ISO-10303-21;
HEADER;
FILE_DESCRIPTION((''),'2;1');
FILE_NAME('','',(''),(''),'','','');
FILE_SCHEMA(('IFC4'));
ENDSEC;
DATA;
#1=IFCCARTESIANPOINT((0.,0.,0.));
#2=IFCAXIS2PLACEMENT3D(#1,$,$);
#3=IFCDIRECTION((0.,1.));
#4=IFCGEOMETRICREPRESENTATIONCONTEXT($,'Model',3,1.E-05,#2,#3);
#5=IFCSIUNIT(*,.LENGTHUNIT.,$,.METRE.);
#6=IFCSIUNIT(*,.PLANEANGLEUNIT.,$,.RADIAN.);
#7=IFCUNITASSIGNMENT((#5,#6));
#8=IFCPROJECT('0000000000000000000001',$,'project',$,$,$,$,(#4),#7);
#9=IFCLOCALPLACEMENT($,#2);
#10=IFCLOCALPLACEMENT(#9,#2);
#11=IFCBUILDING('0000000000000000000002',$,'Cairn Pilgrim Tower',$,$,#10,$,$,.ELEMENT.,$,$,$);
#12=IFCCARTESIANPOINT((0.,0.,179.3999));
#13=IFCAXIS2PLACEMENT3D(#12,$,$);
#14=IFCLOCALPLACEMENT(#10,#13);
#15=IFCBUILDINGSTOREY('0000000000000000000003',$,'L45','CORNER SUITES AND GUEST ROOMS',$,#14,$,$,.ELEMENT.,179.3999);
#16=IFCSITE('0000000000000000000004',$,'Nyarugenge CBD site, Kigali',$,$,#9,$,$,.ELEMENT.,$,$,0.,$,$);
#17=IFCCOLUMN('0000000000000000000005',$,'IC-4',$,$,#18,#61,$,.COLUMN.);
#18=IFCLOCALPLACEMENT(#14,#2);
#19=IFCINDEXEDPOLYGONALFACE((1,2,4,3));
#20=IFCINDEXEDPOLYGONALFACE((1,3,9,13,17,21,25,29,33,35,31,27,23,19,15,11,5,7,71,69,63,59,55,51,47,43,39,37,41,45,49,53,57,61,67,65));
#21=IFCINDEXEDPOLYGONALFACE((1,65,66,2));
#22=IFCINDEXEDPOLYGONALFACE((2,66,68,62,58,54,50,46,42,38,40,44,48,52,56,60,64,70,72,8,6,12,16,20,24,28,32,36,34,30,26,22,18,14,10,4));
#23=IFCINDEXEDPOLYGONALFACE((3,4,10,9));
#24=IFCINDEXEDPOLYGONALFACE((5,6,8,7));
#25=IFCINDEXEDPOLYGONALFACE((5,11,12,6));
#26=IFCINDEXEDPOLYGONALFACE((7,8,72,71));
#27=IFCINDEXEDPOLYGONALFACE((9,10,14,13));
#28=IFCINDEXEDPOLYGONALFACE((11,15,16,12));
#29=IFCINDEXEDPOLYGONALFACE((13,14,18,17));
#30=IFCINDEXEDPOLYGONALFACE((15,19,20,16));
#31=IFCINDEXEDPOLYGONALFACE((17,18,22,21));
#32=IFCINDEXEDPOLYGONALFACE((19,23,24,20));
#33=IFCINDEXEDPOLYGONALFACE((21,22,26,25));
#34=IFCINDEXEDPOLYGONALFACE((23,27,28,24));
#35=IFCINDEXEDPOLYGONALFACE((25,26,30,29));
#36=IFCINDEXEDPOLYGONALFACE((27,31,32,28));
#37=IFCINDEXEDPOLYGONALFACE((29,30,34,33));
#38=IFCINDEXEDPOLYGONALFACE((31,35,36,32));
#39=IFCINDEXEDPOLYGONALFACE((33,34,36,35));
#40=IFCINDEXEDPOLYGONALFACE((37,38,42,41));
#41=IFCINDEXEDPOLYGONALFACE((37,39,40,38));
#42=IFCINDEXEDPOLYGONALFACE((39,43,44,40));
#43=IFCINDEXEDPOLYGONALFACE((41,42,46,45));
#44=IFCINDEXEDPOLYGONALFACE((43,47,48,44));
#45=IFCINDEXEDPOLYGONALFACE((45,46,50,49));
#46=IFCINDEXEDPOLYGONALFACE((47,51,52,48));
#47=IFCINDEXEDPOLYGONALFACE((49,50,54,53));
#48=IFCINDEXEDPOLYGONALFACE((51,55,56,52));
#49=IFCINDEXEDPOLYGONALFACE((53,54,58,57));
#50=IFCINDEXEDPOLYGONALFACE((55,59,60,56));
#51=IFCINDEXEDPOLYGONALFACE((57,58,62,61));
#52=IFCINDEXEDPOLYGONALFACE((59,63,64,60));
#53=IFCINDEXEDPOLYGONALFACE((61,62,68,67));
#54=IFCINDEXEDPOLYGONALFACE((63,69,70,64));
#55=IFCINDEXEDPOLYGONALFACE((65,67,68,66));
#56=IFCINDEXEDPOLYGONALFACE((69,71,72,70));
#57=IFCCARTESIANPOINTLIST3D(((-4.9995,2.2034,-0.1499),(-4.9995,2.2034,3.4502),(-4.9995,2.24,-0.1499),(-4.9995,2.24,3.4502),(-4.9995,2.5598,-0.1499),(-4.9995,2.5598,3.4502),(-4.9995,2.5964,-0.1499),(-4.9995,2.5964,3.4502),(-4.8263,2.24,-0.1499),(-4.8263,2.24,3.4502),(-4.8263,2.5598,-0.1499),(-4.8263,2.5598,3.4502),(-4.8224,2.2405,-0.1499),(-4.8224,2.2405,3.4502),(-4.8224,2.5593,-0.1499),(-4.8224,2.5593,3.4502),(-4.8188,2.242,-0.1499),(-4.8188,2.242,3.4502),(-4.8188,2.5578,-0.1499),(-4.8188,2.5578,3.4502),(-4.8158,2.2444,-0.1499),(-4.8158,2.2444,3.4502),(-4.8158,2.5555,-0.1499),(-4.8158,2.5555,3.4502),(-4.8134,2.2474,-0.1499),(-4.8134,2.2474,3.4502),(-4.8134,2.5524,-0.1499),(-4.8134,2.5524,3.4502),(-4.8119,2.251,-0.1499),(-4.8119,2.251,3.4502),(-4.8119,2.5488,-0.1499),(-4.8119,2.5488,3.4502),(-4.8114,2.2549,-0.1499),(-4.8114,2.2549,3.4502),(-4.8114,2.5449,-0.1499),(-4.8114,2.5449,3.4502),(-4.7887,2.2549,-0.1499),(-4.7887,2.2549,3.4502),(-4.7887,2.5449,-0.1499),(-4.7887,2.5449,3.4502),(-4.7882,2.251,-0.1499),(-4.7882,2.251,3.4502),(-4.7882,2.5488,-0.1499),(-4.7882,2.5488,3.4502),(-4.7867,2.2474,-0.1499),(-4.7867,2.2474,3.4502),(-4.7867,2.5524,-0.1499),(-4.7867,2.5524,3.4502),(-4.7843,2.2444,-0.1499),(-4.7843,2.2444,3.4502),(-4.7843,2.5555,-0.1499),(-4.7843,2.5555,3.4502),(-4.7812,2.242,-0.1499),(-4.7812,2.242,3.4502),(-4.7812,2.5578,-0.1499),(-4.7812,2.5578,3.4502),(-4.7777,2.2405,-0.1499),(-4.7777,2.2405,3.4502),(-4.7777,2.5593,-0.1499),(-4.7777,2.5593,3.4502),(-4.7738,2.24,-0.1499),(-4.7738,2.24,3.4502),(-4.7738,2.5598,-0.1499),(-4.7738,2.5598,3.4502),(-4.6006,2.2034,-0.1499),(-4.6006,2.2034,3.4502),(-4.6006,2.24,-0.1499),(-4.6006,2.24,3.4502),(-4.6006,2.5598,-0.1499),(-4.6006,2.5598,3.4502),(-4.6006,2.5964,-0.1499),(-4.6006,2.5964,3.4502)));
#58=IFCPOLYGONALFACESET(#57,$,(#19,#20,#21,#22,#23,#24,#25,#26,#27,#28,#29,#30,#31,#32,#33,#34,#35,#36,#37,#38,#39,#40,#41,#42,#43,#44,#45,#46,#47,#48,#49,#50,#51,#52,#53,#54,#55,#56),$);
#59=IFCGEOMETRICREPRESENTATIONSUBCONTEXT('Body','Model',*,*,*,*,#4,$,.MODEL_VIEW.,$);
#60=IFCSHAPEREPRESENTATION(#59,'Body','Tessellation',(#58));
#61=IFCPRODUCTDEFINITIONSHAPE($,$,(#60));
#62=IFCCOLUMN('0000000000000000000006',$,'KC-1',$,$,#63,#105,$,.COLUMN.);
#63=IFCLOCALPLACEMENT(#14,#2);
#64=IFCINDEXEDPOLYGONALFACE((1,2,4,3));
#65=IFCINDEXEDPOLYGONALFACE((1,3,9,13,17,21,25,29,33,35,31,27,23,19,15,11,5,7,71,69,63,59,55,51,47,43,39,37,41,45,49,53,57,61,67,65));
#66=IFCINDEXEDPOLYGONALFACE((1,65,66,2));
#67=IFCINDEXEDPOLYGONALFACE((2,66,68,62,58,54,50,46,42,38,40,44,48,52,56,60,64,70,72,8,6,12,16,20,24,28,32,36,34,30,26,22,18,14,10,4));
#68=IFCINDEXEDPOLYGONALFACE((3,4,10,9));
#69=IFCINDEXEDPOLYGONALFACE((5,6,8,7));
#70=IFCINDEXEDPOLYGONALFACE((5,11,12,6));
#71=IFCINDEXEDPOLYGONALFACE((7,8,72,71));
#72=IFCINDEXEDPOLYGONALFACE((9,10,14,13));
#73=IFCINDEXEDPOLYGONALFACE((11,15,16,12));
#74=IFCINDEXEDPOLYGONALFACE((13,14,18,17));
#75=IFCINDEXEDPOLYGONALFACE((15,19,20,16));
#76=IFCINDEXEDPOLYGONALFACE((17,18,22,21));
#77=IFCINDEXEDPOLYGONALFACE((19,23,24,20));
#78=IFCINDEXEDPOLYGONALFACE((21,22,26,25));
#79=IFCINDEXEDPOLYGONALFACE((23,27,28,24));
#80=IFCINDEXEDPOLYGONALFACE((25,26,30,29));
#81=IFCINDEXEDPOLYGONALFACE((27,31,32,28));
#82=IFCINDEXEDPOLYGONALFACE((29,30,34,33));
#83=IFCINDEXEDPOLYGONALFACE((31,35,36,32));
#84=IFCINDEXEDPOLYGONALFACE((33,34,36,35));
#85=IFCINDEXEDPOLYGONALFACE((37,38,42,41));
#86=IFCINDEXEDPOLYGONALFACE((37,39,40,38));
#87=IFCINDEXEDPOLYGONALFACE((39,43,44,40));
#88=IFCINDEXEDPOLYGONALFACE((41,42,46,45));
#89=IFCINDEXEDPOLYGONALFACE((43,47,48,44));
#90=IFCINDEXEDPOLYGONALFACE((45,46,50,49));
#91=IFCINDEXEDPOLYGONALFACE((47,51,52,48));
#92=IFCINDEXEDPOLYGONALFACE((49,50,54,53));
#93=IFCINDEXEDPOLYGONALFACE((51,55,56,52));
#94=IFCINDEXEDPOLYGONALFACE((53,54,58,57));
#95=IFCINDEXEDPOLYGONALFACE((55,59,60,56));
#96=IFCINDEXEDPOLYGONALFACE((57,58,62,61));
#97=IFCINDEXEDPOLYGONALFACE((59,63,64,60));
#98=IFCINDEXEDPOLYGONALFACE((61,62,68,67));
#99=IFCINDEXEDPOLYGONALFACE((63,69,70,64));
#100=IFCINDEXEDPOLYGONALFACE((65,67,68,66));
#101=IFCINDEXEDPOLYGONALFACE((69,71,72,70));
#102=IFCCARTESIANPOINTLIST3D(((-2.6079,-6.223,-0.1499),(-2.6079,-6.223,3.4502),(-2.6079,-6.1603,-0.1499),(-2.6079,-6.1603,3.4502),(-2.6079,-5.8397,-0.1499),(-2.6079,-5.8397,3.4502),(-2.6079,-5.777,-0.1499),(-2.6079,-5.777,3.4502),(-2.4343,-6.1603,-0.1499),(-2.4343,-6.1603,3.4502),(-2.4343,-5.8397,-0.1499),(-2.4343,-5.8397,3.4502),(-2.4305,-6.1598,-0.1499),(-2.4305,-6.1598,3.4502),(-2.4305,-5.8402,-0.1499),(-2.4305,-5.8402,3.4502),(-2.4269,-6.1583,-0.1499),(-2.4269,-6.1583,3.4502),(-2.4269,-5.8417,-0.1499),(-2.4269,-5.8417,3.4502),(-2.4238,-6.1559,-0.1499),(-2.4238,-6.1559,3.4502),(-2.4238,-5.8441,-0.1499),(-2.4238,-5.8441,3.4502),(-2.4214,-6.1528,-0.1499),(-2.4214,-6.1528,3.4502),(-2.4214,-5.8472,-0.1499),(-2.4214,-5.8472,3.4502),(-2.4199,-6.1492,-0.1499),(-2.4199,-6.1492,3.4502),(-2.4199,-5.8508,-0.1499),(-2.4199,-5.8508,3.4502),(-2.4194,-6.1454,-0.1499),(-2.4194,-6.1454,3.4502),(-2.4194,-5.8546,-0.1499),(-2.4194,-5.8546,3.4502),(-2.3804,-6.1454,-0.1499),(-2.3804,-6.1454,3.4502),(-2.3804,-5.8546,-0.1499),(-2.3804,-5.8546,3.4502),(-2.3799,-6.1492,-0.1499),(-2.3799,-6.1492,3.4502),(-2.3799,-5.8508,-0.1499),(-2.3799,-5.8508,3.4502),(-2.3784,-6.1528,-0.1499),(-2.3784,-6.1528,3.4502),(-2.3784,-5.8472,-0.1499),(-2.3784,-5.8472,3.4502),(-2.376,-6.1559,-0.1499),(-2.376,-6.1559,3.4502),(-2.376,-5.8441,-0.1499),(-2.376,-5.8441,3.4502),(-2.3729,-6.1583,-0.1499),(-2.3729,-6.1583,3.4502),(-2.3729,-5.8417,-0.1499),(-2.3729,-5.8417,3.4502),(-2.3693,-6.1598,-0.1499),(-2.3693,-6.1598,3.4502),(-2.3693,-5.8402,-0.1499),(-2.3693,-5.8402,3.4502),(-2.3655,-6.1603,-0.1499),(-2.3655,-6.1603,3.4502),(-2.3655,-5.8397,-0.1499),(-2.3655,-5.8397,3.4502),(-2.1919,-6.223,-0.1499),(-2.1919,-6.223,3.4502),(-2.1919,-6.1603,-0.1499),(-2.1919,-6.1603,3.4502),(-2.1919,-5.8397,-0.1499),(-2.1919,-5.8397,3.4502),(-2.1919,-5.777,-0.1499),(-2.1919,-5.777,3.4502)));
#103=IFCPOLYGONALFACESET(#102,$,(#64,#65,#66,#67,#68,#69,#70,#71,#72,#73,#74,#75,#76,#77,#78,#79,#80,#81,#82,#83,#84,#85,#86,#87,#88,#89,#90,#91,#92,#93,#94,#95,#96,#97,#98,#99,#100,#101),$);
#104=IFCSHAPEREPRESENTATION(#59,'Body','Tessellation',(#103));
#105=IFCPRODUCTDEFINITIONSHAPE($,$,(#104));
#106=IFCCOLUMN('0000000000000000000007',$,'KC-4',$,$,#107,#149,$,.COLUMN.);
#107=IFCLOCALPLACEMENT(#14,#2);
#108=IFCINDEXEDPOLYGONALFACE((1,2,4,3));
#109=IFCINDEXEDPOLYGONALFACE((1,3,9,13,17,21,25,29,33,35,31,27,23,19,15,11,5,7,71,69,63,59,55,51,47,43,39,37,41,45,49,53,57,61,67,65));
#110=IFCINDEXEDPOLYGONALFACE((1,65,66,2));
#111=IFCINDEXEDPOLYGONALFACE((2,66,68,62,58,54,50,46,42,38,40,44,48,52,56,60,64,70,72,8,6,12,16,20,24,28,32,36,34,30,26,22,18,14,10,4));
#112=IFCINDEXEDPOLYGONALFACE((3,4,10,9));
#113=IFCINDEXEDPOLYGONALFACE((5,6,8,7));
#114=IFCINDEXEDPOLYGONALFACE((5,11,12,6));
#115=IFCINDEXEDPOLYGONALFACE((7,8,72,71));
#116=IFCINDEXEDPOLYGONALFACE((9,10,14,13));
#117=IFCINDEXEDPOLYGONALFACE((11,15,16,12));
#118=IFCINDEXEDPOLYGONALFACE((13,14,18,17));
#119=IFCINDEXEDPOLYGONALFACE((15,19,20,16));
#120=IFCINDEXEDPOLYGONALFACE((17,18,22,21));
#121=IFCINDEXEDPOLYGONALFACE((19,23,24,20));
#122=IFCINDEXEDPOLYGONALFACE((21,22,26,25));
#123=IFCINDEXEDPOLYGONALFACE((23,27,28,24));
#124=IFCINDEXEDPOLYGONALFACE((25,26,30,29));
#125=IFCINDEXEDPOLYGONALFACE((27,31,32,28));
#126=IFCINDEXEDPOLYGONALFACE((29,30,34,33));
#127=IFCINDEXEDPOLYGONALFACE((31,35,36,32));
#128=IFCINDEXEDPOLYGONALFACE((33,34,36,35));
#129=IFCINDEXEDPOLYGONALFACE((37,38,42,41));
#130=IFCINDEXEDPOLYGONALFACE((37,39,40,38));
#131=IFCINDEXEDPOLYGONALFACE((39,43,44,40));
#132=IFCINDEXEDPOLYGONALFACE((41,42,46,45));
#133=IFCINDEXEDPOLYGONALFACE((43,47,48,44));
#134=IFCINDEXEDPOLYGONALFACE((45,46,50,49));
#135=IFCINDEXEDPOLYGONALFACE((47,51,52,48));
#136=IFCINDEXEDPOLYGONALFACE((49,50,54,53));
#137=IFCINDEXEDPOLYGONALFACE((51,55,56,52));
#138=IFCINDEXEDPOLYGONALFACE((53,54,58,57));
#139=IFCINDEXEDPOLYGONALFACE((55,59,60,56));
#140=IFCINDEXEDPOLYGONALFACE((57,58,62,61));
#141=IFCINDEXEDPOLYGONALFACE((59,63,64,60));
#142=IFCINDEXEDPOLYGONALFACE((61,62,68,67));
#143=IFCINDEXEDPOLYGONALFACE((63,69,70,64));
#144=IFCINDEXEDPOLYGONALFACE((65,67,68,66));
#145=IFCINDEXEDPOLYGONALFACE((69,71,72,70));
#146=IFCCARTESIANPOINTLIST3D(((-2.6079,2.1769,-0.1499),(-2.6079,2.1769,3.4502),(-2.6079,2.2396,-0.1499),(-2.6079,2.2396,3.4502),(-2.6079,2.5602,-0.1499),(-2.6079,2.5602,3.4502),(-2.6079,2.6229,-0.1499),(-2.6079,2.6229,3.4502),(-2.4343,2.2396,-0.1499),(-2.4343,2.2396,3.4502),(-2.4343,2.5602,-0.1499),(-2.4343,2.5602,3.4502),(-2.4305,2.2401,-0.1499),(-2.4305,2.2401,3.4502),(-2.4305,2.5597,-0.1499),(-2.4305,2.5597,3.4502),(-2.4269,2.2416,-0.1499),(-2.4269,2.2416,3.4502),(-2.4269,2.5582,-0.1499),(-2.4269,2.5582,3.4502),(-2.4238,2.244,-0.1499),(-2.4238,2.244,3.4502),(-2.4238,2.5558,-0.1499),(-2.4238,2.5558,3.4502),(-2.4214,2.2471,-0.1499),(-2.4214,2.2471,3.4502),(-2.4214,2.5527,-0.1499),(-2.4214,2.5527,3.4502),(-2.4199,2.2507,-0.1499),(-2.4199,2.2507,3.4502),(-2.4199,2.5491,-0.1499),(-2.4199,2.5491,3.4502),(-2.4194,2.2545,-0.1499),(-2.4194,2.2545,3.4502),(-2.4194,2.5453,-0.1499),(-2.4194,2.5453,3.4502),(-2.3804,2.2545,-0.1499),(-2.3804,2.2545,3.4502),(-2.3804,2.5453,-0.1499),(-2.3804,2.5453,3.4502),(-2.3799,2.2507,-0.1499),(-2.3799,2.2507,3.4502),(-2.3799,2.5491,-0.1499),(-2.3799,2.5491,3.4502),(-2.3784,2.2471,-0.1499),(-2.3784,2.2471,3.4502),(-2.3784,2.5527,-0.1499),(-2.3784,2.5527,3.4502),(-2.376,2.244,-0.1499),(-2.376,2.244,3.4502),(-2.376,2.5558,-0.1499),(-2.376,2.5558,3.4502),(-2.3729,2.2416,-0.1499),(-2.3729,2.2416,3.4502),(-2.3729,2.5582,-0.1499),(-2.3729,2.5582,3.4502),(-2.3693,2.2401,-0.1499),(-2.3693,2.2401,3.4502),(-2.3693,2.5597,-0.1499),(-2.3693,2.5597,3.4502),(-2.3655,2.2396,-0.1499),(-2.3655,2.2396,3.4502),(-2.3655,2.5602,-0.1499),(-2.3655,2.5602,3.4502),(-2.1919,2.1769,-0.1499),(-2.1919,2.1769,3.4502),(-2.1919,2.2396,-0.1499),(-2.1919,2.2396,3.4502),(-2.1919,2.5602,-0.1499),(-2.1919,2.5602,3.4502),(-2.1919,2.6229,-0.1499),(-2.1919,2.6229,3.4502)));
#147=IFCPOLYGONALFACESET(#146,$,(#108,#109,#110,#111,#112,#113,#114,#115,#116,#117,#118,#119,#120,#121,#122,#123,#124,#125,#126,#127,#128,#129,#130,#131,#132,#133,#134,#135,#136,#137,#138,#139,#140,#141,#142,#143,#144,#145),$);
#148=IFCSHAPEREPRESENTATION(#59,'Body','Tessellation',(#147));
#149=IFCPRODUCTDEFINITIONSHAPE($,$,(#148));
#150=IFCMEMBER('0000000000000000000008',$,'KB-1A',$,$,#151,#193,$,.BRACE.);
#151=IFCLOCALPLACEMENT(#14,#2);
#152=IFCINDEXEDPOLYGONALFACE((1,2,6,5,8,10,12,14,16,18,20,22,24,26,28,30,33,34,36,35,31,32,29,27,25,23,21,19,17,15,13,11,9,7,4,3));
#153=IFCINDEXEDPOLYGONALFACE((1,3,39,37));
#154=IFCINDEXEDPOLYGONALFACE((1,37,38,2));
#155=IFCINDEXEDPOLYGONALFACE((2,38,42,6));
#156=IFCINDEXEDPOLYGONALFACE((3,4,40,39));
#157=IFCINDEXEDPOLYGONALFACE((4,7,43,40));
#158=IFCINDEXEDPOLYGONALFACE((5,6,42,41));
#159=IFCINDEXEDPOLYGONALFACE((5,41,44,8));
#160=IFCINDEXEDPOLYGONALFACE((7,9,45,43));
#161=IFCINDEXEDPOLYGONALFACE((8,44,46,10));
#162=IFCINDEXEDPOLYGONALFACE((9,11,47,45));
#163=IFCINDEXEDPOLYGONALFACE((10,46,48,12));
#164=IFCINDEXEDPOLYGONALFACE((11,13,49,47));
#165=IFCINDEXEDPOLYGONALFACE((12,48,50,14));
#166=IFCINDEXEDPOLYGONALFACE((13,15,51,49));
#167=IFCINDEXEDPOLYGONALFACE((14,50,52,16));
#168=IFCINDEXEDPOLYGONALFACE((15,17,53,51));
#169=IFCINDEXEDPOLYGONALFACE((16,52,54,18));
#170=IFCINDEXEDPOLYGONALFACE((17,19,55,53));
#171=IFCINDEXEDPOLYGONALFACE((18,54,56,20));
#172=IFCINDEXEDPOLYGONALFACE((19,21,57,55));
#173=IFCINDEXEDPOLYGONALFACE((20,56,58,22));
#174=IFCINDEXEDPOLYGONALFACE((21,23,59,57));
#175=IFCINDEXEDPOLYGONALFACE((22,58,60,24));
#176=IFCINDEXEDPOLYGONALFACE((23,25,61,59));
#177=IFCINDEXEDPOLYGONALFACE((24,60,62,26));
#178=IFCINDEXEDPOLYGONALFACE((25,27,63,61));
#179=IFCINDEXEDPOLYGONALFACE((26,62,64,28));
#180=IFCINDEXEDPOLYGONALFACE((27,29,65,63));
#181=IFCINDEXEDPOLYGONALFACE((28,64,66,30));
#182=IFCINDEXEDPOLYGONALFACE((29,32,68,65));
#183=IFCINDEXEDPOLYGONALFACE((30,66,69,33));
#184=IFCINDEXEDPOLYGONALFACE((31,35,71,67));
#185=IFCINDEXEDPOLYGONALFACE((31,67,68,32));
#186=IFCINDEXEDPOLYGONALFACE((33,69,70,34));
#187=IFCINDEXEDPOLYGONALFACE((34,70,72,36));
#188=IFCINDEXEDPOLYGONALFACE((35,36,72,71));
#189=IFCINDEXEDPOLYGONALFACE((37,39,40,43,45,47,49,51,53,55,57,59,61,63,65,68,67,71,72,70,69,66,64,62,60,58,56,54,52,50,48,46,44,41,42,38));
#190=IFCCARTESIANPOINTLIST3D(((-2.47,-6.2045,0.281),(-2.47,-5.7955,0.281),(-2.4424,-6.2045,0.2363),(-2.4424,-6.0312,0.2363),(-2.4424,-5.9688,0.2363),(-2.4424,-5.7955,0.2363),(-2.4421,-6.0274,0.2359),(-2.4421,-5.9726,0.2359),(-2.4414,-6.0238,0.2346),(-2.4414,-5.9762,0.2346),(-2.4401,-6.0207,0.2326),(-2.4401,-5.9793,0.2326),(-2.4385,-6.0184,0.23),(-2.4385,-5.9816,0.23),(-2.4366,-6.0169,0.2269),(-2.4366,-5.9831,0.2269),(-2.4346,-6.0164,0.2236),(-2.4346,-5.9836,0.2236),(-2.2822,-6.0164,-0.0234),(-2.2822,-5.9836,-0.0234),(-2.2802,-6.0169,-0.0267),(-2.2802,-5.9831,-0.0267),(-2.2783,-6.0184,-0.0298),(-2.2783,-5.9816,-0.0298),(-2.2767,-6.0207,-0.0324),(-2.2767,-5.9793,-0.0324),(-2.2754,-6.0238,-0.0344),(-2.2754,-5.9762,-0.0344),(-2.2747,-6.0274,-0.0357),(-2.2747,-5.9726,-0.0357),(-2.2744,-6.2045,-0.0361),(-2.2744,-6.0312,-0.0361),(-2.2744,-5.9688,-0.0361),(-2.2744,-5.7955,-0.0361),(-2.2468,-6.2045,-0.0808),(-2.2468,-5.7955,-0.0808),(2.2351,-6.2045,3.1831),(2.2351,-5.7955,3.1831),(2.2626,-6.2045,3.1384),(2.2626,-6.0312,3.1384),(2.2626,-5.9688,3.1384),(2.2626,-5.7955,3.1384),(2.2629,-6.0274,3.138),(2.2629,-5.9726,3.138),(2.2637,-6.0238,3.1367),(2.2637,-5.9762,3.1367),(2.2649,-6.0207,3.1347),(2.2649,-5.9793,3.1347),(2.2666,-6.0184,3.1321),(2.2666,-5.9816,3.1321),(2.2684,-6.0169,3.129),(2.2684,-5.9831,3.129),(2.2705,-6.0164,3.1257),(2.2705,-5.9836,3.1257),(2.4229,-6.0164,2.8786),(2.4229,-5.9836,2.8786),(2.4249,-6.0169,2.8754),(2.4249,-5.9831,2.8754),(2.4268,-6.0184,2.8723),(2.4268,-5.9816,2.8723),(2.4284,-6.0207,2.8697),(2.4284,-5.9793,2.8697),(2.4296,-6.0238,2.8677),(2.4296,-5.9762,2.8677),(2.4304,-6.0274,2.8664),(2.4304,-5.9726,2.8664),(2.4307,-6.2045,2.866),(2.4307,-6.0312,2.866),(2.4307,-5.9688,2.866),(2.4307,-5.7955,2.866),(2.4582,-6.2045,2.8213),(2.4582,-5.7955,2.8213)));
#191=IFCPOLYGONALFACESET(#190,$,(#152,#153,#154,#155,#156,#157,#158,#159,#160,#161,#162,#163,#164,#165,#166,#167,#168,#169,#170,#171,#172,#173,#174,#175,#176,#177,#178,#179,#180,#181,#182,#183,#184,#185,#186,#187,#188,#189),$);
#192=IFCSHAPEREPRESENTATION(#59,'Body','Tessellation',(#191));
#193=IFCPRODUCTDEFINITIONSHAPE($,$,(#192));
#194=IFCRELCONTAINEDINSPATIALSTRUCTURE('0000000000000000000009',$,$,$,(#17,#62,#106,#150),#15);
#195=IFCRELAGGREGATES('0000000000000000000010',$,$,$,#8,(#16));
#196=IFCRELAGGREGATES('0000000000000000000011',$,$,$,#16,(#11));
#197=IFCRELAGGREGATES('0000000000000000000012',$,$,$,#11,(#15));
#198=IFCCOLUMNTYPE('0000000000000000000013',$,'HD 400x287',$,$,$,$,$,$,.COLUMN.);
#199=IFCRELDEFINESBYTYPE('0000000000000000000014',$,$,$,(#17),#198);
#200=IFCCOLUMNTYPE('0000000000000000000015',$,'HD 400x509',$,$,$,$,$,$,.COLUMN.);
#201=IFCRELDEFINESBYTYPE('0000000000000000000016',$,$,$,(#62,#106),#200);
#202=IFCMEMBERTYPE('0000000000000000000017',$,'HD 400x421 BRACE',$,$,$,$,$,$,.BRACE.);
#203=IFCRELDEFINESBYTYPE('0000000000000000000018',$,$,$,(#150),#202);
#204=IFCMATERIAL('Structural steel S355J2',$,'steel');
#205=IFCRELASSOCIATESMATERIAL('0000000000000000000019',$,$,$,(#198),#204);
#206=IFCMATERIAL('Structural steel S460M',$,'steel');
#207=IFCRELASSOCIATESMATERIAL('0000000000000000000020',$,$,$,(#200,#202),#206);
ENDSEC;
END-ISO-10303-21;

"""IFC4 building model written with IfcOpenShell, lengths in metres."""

from ifc_helpers import new_model, si_unit, direction, frame, origin, origin_2d, place, context, subcontext, project, spatial, i_section, extrude, material, material_profile, profile_set, type_object, element, save


model = new_model("IFC4")

# Units and contexts
model_context = context("Model", 3, precision=1e-05, world=origin(), true_north=direction((0.0, 1.0)))
body_context = subcontext(model_context, "Body", "Model", "MODEL_VIEW")
ifc_project = project(units=[si_unit("LENGTHUNIT", "METRE"), si_unit("PLANEANGLEUNIT", "RADIAN")], contexts=[model_context])

# Site, building, storey
site_placement = place(None, origin())
site = spatial("IfcSite", under=ifc_project, at=site_placement, Name="Nyarugenge CBD site, Kigali", CompositionType="ELEMENT", RefElevation=0.0)
building_placement = place(site_placement, origin())
building = spatial("IfcBuilding", under=site, at=building_placement, Name="Cairn Pilgrim Tower", CompositionType="ELEMENT")
storey_placement = place(building_placement, frame((0.0, 0.0, 179.3999)))
storey = spatial("IfcBuildingStorey", under=building, at=storey_placement, Name="L45", Description="CORNER SUITES AND GUEST ROOMS", CompositionType="ELEMENT", Elevation=179.3999)

# Columns
ifc_material_1 = material(Name="Structural steel S355J2", Category="steel")
ifc_material_profile_1 = material_profile(ifc_material_1, i_section(OverallWidth=0.3989, OverallDepth=0.3931, WebThickness=0.0227, FlangeThickness=0.0366, FilletRadius=0.0149, at=origin_2d()), Name="HD 400x287")
ifc_profile_set_1 = profile_set([ifc_material_profile_1], Name="Structural steel S355J2")
column_type_1 = type_object("IfcColumnType", Name="HD 400x287", PredefinedType="COLUMN", material=ifc_profile_set_1)
column_placement = place(storey_placement, frame((-4.8, 2.3999, -0.1499), z_axis=(0.0, 0.0, 1.0), x_axis=(1.0, 0.0, 0.0)))
element("IfcColumn", 1, at=column_placement, inside=storey, type_object=column_type_1, Name="IC-4", PredefinedType="COLUMN", context=body_context, shape_type="SweptSolid", body=[
    extrude(i_section(OverallWidth=0.3989, OverallDepth=0.3931, WebThickness=0.0227, FlangeThickness=0.0366, FilletRadius=0.0149, at=origin_2d()), origin(), (0.0, 0.0, 1.0), 3.6001),
])
ifc_material_2 = material(Name="Structural steel S460M", Category="steel")
ifc_material_profile_2 = material_profile(ifc_material_2, i_section(OverallWidth=0.416, OverallDepth=0.446, WebThickness=0.0391, FlangeThickness=0.0627, FilletRadius=0.0149, at=origin_2d()), Name="HD 400x509")
ifc_profile_set_2 = profile_set([ifc_material_profile_2], Name="Structural steel S460M")
column_type_2 = type_object("IfcColumnType", Name="HD 400x509", PredefinedType="COLUMN", material=ifc_profile_set_2)
for number, where, z_axis, x_axis, name in (
    (2, (-2.3999, -6.0, -0.1499), (0.0, 0.0, 1.0), (1.0, 0.0, 0.0), "KC-1"),
    (3, (-2.3999, 2.3999, -0.1499), (0.0, 0.0, 1.0), (1.0, 0.0, 0.0), "KC-4"),
):
    element("IfcColumn", number, at=place(storey_placement, frame(where, z_axis=z_axis, x_axis=x_axis)), inside=storey, type_object=column_type_2, Name=name, PredefinedType="COLUMN", context=body_context, shape_type="SweptSolid", body=[
        extrude(i_section(OverallWidth=0.416, OverallDepth=0.446, WebThickness=0.0391, FlangeThickness=0.0627, FilletRadius=0.0149, at=origin_2d()), origin(), (0.0, 0.0, 1.0), 3.6001),
    ])

# Member
ifc_material_profile_3 = material_profile(ifc_material_2, i_section(OverallWidth=0.4089, OverallDepth=0.425, WebThickness=0.0327, FlangeThickness=0.0525, FilletRadius=0.0149, at=origin_2d()), Name="HD 400x421")
ifc_profile_set_3 = profile_set([ifc_material_profile_3], Name="Structural steel S460M")
member_type = type_object("IfcMemberType", Name="HD 400x421 BRACE", PredefinedType="BRACE", material=ifc_profile_set_3)
member_placement = place(storey_placement, frame((-2.3584, -6.0, 0.1001), z_axis=(0.85112, 0.0, 0.524972), x_axis=(0.0, 1.0, 0.0)))
element("IfcMember", 4, at=member_placement, inside=storey, type_object=member_type, Name="KB-1A", PredefinedType="BRACE", context=body_context, shape_type="SweptSolid", body=[
    extrude(i_section(OverallWidth=0.4089, OverallDepth=0.425, WebThickness=0.0327, FlangeThickness=0.0525, FilletRadius=0.0149, at=origin_2d()), origin(), (0.0, 0.0, 1.0), 5.5281),
])

save(model, "model.ifc")
